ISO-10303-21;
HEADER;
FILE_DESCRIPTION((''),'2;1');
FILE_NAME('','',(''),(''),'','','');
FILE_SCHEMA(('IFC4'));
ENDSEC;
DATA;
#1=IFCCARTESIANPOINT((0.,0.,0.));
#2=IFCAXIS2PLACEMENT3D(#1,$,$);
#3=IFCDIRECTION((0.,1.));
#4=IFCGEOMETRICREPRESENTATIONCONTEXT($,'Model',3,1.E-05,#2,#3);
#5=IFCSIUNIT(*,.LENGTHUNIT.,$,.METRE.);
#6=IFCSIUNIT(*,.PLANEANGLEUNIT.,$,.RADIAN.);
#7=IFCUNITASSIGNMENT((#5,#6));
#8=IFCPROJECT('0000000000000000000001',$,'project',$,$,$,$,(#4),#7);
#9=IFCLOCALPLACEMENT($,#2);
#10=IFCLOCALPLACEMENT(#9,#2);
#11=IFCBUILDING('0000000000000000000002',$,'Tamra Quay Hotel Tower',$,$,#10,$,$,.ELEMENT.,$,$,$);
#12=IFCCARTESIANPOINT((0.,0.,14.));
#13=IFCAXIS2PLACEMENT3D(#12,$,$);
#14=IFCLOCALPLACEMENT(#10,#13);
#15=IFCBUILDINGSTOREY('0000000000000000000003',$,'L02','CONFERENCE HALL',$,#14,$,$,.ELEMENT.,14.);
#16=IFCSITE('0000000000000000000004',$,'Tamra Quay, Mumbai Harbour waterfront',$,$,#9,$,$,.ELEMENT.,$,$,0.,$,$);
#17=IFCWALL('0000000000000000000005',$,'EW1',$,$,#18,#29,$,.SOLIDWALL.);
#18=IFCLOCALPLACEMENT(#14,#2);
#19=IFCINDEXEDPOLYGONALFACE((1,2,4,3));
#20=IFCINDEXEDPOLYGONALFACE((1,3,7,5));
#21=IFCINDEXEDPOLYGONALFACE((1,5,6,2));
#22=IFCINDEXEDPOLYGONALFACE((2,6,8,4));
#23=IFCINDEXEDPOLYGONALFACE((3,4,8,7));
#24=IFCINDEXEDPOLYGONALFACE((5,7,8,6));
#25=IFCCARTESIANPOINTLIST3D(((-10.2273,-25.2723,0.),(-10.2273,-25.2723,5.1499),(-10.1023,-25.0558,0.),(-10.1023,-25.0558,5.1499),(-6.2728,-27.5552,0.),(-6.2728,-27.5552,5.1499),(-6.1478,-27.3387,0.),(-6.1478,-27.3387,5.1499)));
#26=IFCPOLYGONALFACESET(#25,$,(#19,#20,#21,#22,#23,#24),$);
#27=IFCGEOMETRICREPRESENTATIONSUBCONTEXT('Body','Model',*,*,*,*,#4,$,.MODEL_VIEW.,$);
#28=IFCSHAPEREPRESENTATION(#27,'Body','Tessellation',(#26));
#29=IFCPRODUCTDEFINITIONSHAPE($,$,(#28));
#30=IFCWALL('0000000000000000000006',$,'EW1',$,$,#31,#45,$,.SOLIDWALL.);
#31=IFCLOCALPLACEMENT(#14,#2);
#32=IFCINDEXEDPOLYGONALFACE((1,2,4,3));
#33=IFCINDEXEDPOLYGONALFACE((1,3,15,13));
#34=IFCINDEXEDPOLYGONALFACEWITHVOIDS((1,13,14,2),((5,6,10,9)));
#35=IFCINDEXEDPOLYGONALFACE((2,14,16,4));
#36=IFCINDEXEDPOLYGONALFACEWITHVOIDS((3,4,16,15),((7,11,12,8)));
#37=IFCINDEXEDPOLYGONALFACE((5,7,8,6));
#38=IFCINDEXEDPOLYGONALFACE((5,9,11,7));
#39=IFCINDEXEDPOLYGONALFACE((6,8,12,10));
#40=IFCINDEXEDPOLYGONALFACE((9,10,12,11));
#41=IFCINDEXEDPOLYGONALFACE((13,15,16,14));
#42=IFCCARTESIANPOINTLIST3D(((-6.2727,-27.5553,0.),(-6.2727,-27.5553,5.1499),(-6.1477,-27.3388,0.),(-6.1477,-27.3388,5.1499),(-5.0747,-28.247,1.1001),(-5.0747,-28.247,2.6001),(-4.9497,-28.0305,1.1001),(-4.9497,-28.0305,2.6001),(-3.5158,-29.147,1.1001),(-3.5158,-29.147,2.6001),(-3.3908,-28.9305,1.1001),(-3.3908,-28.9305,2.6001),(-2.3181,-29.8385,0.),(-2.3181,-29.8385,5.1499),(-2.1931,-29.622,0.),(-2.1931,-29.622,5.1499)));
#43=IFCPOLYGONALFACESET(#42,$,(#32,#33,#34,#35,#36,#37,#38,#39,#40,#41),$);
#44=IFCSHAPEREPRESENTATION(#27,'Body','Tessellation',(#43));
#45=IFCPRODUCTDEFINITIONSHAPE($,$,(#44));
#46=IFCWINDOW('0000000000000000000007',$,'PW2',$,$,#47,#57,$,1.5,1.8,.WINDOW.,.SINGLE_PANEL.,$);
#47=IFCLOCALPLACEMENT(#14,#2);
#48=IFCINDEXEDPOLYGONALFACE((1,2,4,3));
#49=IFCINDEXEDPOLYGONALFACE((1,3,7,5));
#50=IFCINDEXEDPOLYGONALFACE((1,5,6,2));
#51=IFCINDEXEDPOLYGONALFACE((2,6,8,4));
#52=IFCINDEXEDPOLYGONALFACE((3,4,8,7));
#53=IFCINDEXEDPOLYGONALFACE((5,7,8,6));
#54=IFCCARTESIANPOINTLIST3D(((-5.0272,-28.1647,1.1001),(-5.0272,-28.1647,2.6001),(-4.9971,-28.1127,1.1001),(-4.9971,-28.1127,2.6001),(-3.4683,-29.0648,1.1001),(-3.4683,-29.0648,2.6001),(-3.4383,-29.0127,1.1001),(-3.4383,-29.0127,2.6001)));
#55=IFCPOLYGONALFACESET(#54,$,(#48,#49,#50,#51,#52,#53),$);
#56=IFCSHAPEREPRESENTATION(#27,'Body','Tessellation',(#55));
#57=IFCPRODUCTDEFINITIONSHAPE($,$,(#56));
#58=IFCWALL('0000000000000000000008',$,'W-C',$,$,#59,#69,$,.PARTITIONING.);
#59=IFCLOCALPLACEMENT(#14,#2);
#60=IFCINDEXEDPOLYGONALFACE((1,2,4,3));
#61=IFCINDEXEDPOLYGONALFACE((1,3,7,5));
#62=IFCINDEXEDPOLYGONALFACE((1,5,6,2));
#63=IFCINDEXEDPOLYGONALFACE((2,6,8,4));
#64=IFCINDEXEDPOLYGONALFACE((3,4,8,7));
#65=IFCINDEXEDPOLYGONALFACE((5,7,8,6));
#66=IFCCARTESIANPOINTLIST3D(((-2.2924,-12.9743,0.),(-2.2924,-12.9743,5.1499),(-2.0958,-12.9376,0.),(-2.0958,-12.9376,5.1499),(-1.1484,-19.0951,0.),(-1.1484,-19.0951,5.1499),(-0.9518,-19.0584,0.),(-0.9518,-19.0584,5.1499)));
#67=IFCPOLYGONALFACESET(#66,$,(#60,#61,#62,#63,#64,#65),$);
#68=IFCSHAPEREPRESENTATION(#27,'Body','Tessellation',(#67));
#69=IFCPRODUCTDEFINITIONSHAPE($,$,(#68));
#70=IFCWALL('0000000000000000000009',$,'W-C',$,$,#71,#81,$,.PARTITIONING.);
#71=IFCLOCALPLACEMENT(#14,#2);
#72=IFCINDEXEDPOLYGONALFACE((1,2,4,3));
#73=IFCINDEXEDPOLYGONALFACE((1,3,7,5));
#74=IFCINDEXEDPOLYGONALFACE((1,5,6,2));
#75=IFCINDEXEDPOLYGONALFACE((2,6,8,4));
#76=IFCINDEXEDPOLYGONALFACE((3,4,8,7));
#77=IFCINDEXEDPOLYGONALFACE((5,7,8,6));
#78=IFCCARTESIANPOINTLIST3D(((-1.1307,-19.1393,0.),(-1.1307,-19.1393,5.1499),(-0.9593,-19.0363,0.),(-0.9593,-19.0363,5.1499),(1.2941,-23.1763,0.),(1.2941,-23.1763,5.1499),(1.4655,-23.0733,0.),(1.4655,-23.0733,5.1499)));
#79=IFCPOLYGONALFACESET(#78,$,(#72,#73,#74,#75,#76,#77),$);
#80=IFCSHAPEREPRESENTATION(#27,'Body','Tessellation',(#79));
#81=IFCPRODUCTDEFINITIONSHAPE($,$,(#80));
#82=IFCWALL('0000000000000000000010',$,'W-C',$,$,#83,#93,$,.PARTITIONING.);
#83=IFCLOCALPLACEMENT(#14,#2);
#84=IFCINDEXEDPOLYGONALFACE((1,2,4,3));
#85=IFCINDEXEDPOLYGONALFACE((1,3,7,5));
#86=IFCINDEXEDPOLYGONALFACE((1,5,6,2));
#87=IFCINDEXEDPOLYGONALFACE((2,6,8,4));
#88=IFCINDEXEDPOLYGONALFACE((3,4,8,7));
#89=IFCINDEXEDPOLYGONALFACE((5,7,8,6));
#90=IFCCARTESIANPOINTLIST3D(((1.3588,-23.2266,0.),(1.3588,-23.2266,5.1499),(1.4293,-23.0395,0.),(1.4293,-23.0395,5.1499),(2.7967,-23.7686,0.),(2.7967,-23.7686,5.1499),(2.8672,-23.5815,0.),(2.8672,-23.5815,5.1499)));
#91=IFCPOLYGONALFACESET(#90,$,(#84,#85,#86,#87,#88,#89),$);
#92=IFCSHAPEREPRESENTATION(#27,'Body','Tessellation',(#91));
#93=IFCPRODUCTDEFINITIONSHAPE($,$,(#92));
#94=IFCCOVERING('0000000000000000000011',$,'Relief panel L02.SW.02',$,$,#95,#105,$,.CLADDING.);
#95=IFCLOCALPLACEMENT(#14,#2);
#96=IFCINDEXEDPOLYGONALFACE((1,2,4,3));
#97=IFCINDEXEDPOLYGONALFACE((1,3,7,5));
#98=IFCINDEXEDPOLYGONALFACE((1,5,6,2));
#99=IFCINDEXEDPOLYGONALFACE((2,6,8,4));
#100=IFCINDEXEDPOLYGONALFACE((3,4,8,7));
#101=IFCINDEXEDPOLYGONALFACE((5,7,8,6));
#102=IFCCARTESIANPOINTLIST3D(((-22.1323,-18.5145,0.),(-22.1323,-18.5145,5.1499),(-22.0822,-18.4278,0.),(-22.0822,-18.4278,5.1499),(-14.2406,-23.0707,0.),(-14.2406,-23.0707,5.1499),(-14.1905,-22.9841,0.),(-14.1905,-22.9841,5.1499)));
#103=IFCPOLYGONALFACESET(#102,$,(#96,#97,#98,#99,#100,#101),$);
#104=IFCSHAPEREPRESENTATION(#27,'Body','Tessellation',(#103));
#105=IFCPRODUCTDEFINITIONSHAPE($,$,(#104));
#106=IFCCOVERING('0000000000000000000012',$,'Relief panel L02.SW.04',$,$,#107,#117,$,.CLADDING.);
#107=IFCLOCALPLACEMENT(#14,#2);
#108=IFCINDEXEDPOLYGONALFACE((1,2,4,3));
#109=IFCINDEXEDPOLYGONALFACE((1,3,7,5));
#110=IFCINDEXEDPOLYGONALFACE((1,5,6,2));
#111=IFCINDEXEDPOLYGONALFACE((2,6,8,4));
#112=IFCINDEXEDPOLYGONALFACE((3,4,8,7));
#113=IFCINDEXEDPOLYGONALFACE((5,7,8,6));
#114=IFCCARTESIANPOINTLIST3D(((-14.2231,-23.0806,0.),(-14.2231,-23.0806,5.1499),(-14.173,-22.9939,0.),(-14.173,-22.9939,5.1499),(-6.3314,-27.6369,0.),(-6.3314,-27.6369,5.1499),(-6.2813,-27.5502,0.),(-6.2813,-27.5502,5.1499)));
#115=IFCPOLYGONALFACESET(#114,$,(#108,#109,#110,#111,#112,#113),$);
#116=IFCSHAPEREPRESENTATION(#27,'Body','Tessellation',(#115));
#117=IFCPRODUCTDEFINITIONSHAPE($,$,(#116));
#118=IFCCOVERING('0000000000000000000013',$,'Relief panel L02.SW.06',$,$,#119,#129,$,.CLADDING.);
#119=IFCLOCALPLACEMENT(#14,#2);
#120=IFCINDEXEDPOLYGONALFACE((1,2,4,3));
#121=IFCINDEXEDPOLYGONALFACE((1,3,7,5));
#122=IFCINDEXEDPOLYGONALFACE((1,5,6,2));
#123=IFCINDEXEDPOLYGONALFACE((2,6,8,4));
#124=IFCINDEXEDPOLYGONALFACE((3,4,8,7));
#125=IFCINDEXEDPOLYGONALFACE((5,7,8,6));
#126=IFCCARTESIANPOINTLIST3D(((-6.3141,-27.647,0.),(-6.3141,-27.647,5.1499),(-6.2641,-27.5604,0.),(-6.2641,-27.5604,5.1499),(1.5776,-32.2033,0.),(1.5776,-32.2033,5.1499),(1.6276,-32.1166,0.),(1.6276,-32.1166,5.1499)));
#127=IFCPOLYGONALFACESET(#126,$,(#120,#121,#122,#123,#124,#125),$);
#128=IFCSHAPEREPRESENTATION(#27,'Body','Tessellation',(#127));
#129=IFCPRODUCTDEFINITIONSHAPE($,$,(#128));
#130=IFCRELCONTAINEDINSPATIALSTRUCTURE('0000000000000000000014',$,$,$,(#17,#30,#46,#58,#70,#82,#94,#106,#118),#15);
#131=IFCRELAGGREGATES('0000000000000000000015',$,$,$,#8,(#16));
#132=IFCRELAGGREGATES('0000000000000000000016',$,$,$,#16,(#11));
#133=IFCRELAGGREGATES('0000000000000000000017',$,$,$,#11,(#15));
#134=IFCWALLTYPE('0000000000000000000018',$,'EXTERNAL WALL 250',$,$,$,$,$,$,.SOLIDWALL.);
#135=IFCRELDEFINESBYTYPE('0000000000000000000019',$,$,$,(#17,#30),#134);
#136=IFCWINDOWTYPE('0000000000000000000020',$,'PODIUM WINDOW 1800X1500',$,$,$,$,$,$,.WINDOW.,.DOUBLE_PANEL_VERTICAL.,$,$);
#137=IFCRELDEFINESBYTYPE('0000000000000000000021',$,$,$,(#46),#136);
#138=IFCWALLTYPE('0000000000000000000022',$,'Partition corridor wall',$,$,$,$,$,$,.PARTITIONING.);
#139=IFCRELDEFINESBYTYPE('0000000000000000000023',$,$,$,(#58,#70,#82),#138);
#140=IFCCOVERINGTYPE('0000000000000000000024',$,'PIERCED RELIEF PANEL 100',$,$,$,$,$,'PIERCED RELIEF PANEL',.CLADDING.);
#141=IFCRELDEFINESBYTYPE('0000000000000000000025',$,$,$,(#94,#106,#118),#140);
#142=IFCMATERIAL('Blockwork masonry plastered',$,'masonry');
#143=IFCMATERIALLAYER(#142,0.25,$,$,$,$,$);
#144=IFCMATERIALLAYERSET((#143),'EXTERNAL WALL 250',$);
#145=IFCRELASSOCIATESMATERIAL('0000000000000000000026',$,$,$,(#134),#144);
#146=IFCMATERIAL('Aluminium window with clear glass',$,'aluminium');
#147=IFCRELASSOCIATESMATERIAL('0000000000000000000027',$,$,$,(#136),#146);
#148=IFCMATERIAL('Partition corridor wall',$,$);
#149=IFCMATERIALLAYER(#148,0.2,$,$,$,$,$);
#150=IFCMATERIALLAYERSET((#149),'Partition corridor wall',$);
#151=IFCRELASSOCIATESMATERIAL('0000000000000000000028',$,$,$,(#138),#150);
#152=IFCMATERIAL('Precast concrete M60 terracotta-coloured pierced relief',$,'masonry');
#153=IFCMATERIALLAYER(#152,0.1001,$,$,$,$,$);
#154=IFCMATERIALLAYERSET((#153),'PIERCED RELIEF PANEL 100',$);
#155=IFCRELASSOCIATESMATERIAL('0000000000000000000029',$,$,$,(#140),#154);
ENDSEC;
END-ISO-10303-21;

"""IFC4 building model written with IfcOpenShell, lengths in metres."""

from ifc_helpers import new_model, si_unit, direction, frame, frame_2d, origin, origin_2d, place, context, subcontext, project, spatial, rectangle, extrude, material, layer, layer_set, type_object, element, fill, save


model = new_model("IFC4")

# Units and contexts
model_context = context("Model", 3, precision=1e-05, world=origin(), true_north=direction((0.0, 1.0)))
body_context = subcontext(model_context, "Body", "Model", "MODEL_VIEW")
ifc_project = project(units=[si_unit("LENGTHUNIT", "METRE"), si_unit("PLANEANGLEUNIT", "RADIAN")], contexts=[model_context])

# Site, building, storey
site_placement = place(None, origin())
site = spatial("IfcSite", under=ifc_project, at=site_placement, Name="Tamra Quay, Mumbai Harbour waterfront", CompositionType="ELEMENT", RefElevation=0.0)
building_placement = place(site_placement, origin())
building = spatial("IfcBuilding", under=site, at=building_placement, Name="Tamra Quay Hotel Tower", CompositionType="ELEMENT")
storey_placement = place(building_placement, frame((0.0, 0.0, 14.0)))
storey = spatial("IfcBuildingStorey", under=building, at=storey_placement, Name="L02", Description="CONFERENCE HALL", CompositionType="ELEMENT", Elevation=14.0)

# Shared definitions
ifc_material_1 = material(Name="Blockwork masonry plastered", Category="masonry")
ifc_layer_1 = layer(ifc_material_1, 0.25)
ifc_layer_set_1 = layer_set([ifc_layer_1], Name="EXTERNAL WALL 250")
wall_type_1 = type_object("IfcWallType", Name="EXTERNAL WALL 250", PredefinedType="SOLIDWALL", material=ifc_layer_set_1)
ifc_material_2 = material(Name="Aluminium window with clear glass", Category="aluminium")
window_type = type_object("IfcWindowType", Name="PODIUM WINDOW 1800X1500", PartitioningType="DOUBLE_PANEL_VERTICAL", PredefinedType="WINDOW", material=ifc_material_2)

# Wall
wall_1_placement = place(storey_placement, frame((-6.2102, -27.447, 0.0), z_axis=(0.0, 0.0, 1.0), x_axis=(-0.866047, 0.499963, 0.0)))
element("IfcWall", 1, at=wall_1_placement, inside=storey, type_object=wall_type_1, Name="EW1", PredefinedType="SOLIDWALL", context=body_context, shape_type="SweptSolid", body=[
    extrude(rectangle(XDim=4.5662, YDim=0.25, at=frame_2d((2.2832, 0.0))), origin(), (0.0, 0.0, 1.0), 5.1499),
])

# Wall, opening, window
wall_2_placement = place(storey_placement, frame((-2.2556, -29.7302, 0.0), z_axis=(0.0, 0.0, 1.0), x_axis=(-0.866024, 0.500003, 0.0)))
wall_2 = element("IfcWall", 2, at=wall_2_placement, inside=storey, type_object=wall_type_1, Name="EW1", PredefinedType="SOLIDWALL", context=body_context, shape_type="SweptSolid", body=[
    extrude(rectangle(XDim=4.5664, YDim=0.25, at=frame_2d((2.2832, 0.0))), origin(), (0.0, 0.0, 1.0), 5.1499),
])
opening_1_placement = place(wall_2_placement, frame((1.3831, 0.0, 1.1001)))
opening_1 = element("IfcOpeningElement", 3, at=opening_1_placement, cuts=wall_2, PredefinedType="OPENING", context=body_context, shape_type="SweptSolid", body=[
    extrude(rectangle(XDim=1.8, YDim=1.5, at=frame_2d((0.8999, 0.75))), frame((0.0, 0.135, 0.0), z_axis=(0.0, -1.0, 0.0), x_axis=(1.0, 0.0, 0.0)), (0.0, 0.0, 1.0), 0.27),
])
window_1_placement = place(opening_1_placement, origin())
window_1 = element("IfcWindow", 4, at=window_1_placement, inside=storey, type_object=window_type, Name="PW2", OverallHeight=1.5, OverallWidth=1.8, PartitioningType="SINGLE_PANEL", PredefinedType="WINDOW", context=body_context, shape_type="SweptSolid", body=[
    extrude(rectangle(XDim=1.8, YDim=1.5, at=frame_2d((0.8999, 0.75))), frame((0.0, 0.03, 0.0), z_axis=(0.0, -1.0, 0.0), x_axis=(1.0, 0.0, 0.0)), (0.0, 0.0, 1.0), 0.0601),
])
fill(opening_1, window_1)

# Walls
ifc_material_3 = material(Name="Partition corridor wall")
ifc_layer_2 = layer(ifc_material_3, 0.2)
ifc_layer_set_2 = layer_set([ifc_layer_2], Name="Partition corridor wall")
wall_type_2 = type_object("IfcWallType", Name="Partition corridor wall", PredefinedType="PARTITIONING", material=ifc_layer_set_2)
wall_3_placement = place(storey_placement, frame((-2.1941, -12.9561, 0.0), z_axis=(0.0, 0.0, 1.0), x_axis=(0.183727, -0.982977, 0.0)))
element("IfcWall", 5, at=wall_3_placement, inside=storey, type_object=wall_type_2, Name="W-C", PredefinedType="PARTITIONING", context=body_context, shape_type="SweptSolid", body=[
    extrude(rectangle(XDim=6.2268, YDim=0.2, at=frame_2d((3.1133, 0.0))), origin(), (0.0, 0.0, 1.0), 5.1499),
])
wall_4_placement = place(storey_placement, frame((-1.0449, -19.0879, 0.0), z_axis=(0.0, 0.0, 1.0), x_axis=(0.514892, -0.857255, 0.0)))
element("IfcWall", 6, at=wall_4_placement, inside=storey, type_object=wall_type_2, Name="W-C", PredefinedType="PARTITIONING", context=body_context, shape_type="SweptSolid", body=[
    extrude(rectangle(XDim=4.7092, YDim=0.2, at=frame_2d((2.3545, 0.0))), origin(), (0.0, 0.0, 1.0), 5.1499),
])
wall_5_placement = place(storey_placement, frame((1.394, -23.1331, 0.0), z_axis=(0.0, 0.0, 1.0), x_axis=(0.93574, -0.35269, 0.0)))
element("IfcWall", 7, at=wall_5_placement, inside=storey, type_object=wall_type_2, Name="W-C", PredefinedType="PARTITIONING", context=body_context, shape_type="SweptSolid", body=[
    extrude(rectangle(XDim=1.5366, YDim=0.2, at=frame_2d((0.7683, 0.0))), origin(), (0.0, 0.0, 1.0), 5.1499),
])

# Coverings
ifc_material_4 = material(Name="Precast concrete M60 terracotta-coloured pierced relief", Category="masonry")
ifc_layer_3 = layer(ifc_material_4, 0.1001)
ifc_layer_set_3 = layer_set([ifc_layer_3], Name="PIERCED RELIEF PANEL 100")
covering_type = type_object("IfcCoveringType", Name="PIERCED RELIEF PANEL 100", ElementType="PIERCED RELIEF PANEL", PredefinedType="CLADDING", material=ifc_layer_set_3)
for number, where, z_axis, x_axis, name in (
    (8, (-18.1614, -20.7493, 0.0), (0.0, 0.0, 1.0), (0.866025, -0.5, 0.0), "Relief panel L02.SW.02"),
    (9, (-10.2522, -25.3154, 0.0), (0.0, 0.0, 1.0), (0.866025, -0.5, 0.0), "Relief panel L02.SW.04"),
    (10, (-2.3433, -29.8818, 0.0), (0.0, 0.0, 1.0), (0.866025, -0.5, 0.0), "Relief panel L02.SW.06"),
):
    element("IfcCovering", number, at=place(storey_placement, frame(where, z_axis=z_axis, x_axis=x_axis)), inside=storey, type_object=covering_type, Name=name, PredefinedType="CLADDING", context=body_context, shape_type="SweptSolid", body=[
        extrude(rectangle(XDim=9.1125, YDim=0.1001, at=origin_2d()), origin(), (0.0, 0.0, 1.0), 5.1499),
    ])

save(model, "model.ifc")
